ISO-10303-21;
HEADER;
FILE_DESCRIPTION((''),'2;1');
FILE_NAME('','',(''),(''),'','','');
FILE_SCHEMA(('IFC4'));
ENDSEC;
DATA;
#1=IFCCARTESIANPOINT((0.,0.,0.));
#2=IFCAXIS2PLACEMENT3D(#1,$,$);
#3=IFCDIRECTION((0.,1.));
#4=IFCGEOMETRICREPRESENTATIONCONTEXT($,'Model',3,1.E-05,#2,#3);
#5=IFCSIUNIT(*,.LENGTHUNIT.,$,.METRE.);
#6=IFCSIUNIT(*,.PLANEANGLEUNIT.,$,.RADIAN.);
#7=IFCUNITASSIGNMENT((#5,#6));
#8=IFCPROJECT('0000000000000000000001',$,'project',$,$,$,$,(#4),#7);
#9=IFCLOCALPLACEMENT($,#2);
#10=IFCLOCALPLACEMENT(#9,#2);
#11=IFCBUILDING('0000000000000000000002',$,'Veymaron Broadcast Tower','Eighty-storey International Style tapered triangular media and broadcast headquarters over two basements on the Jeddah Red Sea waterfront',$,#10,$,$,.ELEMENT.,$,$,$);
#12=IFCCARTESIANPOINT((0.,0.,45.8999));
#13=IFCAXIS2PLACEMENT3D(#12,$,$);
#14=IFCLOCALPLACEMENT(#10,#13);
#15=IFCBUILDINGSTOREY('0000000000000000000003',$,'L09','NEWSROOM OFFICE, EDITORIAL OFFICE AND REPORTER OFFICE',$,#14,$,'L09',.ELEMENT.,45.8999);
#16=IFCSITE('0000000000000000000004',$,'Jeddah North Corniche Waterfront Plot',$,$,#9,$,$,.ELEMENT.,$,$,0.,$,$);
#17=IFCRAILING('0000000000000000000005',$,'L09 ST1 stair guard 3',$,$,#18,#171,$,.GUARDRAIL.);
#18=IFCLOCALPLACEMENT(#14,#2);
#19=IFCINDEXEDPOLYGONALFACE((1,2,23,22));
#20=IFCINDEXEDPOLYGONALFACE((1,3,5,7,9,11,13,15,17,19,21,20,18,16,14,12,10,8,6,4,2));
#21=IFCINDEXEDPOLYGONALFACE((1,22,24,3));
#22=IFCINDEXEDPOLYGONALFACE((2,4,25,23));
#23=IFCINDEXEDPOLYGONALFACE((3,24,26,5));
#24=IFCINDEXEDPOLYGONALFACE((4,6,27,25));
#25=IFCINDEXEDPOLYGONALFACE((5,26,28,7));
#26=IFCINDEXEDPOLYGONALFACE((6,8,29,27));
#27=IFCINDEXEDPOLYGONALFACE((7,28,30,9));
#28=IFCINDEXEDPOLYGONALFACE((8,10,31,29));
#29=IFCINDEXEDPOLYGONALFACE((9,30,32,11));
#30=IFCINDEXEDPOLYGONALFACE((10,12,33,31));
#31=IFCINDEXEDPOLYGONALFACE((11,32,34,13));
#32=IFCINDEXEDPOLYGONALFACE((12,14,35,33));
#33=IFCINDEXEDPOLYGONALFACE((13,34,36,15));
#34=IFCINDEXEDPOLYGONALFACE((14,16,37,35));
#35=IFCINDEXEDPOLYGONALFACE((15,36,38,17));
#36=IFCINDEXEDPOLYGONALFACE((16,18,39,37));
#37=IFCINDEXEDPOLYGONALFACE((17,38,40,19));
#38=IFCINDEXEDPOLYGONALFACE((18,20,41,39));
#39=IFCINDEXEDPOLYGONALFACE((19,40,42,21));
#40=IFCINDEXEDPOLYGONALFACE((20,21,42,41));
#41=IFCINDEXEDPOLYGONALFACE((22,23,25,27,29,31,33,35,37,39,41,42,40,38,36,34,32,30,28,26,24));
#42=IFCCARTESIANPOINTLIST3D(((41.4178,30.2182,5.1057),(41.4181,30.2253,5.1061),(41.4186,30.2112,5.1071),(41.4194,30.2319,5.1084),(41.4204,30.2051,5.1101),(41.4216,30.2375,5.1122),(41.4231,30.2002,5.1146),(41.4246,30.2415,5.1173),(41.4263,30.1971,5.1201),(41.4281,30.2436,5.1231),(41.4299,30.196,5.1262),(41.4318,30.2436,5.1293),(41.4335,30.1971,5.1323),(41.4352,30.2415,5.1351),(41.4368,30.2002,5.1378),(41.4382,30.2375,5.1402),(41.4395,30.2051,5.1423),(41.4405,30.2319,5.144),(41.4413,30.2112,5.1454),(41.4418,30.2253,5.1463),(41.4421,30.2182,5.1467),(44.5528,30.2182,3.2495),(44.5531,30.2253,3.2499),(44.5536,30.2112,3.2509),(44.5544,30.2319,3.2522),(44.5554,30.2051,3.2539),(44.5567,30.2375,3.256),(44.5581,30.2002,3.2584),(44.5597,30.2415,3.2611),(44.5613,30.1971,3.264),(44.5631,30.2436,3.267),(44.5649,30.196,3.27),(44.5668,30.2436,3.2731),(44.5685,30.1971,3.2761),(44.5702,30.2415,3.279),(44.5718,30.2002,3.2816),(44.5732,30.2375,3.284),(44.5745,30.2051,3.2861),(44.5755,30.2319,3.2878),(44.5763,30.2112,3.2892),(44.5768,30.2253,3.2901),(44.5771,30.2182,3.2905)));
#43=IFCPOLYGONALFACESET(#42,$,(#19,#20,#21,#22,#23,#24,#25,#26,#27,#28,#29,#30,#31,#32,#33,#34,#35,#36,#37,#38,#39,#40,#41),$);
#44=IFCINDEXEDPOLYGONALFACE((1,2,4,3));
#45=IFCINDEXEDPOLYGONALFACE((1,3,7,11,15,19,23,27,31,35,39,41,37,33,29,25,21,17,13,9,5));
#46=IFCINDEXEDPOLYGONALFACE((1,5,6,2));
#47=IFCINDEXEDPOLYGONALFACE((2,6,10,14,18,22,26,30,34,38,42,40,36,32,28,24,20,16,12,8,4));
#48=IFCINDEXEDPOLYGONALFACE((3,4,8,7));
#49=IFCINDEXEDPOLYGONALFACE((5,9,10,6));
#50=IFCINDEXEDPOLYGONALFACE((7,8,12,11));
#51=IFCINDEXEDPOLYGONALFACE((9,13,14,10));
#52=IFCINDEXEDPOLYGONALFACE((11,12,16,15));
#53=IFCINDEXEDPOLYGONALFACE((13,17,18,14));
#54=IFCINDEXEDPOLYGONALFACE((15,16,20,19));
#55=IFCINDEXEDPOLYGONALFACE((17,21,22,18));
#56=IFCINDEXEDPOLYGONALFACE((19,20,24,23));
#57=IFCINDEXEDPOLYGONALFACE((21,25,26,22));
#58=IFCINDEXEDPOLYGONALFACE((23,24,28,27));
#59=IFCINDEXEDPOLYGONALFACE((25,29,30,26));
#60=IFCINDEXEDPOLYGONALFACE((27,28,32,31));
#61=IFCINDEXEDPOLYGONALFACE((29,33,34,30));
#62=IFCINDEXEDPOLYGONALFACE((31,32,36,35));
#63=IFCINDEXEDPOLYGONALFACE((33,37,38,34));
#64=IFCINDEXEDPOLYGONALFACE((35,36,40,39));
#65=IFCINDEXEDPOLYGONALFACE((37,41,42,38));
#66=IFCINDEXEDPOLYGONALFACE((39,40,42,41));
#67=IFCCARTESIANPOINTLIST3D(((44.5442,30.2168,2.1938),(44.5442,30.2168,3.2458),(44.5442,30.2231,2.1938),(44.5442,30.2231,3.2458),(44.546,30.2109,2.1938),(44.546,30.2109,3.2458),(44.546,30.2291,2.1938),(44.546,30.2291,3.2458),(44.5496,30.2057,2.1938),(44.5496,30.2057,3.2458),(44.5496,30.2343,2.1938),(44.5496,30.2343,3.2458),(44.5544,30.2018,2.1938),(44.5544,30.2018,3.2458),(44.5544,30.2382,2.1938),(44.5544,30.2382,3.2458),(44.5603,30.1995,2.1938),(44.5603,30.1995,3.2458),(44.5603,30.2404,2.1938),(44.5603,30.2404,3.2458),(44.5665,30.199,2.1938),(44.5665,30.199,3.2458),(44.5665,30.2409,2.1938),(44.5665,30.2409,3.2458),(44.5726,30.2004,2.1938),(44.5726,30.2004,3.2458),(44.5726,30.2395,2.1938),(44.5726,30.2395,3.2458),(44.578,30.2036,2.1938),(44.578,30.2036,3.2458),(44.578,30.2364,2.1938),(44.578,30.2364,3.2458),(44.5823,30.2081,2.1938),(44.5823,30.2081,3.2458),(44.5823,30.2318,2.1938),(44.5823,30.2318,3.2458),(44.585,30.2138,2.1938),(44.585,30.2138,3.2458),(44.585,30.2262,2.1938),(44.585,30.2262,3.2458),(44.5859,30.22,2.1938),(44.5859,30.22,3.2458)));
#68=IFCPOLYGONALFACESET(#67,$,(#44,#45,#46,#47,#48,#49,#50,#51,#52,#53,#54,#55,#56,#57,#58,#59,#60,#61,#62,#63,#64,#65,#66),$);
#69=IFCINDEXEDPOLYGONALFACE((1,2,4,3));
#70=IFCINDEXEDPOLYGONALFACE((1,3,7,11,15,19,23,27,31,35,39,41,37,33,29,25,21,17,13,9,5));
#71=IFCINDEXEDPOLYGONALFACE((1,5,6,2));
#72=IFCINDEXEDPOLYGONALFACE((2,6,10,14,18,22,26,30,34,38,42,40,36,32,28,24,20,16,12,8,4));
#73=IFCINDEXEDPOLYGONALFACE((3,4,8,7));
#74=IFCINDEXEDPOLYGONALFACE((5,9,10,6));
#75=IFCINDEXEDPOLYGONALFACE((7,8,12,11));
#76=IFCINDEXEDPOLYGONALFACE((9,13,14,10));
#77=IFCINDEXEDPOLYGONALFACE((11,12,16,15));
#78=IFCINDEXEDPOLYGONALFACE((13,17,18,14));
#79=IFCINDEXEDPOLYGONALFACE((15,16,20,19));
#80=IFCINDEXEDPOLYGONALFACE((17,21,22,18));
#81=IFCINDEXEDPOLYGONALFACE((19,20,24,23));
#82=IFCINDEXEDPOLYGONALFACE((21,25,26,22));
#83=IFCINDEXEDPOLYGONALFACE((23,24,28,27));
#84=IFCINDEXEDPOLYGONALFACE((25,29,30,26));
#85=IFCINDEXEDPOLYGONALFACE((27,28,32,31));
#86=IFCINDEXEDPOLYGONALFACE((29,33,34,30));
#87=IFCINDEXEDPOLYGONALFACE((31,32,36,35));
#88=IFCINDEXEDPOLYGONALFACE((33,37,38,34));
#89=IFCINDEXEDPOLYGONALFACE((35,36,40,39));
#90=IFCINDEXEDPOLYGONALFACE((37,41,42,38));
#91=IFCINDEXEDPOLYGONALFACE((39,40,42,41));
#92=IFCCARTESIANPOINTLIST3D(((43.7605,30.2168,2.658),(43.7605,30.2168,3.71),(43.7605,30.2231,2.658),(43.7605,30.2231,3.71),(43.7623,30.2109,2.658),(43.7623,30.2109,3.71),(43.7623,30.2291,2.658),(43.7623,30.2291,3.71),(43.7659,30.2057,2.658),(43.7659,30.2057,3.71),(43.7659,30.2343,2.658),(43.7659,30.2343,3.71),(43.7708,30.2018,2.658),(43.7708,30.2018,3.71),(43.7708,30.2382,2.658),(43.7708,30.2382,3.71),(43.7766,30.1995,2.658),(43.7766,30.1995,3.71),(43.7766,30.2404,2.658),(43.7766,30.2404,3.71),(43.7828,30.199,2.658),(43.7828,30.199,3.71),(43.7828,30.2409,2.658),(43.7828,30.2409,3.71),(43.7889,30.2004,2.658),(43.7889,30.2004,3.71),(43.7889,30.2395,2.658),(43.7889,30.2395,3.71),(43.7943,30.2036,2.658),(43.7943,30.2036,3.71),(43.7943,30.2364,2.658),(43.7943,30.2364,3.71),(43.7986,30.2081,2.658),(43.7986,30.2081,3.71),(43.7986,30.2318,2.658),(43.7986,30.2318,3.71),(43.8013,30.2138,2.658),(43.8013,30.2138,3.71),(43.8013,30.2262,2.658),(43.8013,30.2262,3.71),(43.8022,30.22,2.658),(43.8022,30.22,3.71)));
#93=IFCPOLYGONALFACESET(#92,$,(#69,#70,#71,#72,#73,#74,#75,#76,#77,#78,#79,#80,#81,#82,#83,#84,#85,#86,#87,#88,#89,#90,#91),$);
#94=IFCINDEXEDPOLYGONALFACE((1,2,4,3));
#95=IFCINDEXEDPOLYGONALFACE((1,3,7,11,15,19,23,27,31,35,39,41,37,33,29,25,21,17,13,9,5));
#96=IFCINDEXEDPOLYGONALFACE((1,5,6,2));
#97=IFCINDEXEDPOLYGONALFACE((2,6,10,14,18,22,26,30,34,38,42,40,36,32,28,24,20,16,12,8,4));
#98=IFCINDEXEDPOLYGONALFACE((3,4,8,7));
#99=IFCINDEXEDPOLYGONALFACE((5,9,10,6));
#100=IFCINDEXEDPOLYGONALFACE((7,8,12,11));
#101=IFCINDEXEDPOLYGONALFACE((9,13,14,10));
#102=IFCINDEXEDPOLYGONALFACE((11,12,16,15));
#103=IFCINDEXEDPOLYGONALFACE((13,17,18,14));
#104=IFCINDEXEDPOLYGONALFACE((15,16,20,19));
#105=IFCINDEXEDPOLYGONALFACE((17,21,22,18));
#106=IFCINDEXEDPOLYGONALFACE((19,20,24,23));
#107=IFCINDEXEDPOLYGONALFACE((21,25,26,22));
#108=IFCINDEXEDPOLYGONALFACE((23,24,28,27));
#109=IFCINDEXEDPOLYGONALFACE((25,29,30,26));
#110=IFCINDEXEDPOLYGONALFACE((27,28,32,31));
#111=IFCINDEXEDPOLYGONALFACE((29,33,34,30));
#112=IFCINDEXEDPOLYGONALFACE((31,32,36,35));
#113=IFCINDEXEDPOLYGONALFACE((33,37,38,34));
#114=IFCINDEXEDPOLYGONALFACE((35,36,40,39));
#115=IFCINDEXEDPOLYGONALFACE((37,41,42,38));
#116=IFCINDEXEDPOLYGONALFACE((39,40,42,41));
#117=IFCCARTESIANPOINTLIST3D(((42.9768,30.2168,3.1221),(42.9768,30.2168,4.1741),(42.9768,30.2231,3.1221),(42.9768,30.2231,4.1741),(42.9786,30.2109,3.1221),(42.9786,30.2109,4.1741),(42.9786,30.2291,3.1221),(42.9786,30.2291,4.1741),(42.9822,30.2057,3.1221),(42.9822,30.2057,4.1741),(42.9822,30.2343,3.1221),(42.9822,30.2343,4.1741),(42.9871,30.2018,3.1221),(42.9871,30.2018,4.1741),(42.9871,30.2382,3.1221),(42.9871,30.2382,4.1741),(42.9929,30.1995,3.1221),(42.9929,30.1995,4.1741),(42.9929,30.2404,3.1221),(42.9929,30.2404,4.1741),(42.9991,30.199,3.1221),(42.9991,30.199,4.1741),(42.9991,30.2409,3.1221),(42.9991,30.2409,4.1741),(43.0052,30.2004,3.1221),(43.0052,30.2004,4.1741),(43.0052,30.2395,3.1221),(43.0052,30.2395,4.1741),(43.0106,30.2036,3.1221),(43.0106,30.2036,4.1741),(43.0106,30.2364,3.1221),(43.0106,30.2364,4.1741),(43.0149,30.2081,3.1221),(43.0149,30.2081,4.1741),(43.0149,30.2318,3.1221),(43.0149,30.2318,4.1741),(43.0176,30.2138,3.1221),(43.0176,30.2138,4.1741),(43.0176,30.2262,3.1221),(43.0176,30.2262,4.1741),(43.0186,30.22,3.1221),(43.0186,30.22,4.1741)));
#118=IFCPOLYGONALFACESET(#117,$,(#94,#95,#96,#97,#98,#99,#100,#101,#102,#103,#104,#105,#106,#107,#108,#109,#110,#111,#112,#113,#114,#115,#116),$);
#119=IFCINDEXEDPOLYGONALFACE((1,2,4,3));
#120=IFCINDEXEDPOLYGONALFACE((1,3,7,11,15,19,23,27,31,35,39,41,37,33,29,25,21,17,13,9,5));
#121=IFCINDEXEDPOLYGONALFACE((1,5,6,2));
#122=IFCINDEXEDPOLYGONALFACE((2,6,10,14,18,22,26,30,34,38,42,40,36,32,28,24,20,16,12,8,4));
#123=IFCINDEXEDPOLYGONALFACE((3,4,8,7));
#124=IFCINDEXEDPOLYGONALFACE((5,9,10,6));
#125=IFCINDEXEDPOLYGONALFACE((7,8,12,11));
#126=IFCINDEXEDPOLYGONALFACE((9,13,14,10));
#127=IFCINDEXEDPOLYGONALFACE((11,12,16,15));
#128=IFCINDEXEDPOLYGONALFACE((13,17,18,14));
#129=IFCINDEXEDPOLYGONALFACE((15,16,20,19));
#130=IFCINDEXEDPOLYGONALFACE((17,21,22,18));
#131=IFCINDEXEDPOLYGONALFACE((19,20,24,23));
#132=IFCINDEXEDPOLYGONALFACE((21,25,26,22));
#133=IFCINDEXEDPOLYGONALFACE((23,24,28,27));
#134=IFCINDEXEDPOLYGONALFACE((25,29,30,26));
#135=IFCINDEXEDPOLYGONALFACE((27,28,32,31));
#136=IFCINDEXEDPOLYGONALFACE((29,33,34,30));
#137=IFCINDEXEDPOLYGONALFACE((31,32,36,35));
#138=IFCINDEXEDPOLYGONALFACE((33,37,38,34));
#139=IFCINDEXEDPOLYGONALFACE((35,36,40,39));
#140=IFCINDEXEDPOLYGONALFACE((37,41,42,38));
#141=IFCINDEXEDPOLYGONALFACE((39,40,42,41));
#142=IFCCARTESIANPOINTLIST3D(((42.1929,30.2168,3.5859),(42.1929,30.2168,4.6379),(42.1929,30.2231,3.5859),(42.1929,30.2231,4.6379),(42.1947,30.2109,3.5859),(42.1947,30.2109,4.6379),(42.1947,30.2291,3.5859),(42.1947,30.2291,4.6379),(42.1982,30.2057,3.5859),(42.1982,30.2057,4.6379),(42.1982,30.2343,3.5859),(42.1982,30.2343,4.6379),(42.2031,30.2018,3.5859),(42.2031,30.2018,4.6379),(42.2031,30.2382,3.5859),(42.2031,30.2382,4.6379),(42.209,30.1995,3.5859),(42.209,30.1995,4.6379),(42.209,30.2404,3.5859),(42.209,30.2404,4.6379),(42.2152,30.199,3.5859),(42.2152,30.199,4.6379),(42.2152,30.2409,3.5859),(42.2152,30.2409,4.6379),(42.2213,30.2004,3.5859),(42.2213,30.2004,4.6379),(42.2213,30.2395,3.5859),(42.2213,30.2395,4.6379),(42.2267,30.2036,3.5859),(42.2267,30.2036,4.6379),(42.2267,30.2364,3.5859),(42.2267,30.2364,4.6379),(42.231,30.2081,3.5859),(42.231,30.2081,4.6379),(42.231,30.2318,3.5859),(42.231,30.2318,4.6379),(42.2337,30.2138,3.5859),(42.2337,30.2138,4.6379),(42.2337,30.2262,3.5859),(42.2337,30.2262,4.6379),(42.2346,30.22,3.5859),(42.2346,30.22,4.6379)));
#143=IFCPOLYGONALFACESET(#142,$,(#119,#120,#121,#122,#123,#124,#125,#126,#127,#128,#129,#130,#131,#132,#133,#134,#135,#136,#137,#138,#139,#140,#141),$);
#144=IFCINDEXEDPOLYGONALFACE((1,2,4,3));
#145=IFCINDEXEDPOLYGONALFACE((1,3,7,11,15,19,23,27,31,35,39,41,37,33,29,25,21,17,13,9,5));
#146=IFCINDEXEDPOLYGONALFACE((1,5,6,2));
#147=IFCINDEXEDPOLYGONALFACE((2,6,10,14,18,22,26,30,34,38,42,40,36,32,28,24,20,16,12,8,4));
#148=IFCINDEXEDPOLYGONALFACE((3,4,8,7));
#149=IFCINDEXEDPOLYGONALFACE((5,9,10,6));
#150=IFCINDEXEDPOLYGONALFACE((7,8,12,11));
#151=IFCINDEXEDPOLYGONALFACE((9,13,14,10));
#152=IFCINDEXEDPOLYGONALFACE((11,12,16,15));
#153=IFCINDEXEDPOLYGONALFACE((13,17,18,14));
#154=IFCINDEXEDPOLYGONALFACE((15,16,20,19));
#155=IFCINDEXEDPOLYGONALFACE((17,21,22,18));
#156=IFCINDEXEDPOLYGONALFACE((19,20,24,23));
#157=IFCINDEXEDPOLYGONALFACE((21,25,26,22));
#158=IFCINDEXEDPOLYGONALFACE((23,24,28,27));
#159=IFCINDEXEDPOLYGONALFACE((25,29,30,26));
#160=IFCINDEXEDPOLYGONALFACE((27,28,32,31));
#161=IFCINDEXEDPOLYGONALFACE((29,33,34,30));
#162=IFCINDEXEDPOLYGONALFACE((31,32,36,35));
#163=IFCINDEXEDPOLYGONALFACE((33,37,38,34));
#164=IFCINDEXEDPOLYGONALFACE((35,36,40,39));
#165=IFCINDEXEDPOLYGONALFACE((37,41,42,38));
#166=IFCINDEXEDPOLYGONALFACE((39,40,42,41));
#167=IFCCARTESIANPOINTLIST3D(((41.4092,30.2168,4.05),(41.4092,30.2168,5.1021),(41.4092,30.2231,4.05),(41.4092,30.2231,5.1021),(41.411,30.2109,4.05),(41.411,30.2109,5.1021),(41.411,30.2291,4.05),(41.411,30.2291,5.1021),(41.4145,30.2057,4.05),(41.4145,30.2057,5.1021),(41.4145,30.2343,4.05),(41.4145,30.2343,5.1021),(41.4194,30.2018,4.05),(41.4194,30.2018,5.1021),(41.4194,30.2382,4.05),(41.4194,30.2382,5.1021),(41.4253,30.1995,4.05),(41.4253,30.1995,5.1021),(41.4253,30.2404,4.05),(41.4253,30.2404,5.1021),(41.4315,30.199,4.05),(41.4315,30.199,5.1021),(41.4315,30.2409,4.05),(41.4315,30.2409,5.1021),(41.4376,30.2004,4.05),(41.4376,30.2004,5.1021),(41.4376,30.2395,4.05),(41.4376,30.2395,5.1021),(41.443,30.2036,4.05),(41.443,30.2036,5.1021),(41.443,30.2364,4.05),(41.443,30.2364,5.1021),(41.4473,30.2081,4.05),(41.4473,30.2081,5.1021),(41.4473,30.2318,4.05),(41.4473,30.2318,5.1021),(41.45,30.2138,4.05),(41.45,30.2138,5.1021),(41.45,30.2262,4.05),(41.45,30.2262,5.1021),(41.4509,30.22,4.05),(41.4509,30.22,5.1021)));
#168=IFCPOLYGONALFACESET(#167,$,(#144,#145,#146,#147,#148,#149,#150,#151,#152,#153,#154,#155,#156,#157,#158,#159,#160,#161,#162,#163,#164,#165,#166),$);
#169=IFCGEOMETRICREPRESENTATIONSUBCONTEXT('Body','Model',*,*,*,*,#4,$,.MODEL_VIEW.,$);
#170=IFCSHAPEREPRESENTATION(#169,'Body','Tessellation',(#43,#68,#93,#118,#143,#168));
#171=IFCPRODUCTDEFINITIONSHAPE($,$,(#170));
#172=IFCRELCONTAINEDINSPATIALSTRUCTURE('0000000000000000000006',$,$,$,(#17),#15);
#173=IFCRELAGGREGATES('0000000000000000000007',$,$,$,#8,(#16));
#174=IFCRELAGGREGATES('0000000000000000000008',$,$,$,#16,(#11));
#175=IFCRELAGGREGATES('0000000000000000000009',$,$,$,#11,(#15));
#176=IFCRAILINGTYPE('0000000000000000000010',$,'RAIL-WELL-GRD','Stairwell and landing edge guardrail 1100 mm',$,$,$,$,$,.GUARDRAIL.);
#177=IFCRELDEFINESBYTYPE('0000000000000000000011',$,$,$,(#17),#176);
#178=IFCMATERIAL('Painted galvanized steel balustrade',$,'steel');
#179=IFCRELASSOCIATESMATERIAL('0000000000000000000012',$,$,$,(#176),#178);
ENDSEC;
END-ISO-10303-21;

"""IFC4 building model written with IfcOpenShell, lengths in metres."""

from ifc_helpers import new_model, si_unit, direction, frame, origin, origin_2d, place, context, subcontext, project, spatial, circle, extrude, material, type_object, element, save


model = new_model("IFC4")

# Units and contexts
model_context = context("Model", 3, precision=1e-05, world=origin(), true_north=direction((0.0, 1.0)))
body_context = subcontext(model_context, "Body", "Model", "MODEL_VIEW")
ifc_project = project(units=[si_unit("LENGTHUNIT", "METRE"), si_unit("PLANEANGLEUNIT", "RADIAN")], contexts=[model_context])

# Site, building, storey
site_placement = place(None, origin())
site = spatial("IfcSite", under=ifc_project, at=site_placement, Name="Jeddah North Corniche Waterfront Plot", CompositionType="ELEMENT", RefElevation=0.0)
building_placement = place(site_placement, origin())
building = spatial("IfcBuilding", under=site, at=building_placement, Name="Veymaron Broadcast Tower", Description="Eighty-storey International Style tapered triangular media and broadcast headquarters over two basements on the Jeddah Red Sea waterfront", CompositionType="ELEMENT")
storey_placement = place(building_placement, frame((0.0, 0.0, 45.8999)))
storey = spatial("IfcBuildingStorey", under=building, at=storey_placement, Name="L09", Description="NEWSROOM OFFICE, EDITORIAL OFFICE AND REPORTER OFFICE", LongName="L09", CompositionType="ELEMENT", Elevation=45.8999)

# Railing
ifc_material_1 = material(Name="Painted galvanized steel balustrade", Category="steel")
railing_type_1 = type_object("IfcRailingType", Name="RAIL-WELL-GRD", Description="Stairwell and landing edge guardrail 1100 mm", PredefinedType="GUARDRAIL", material=ifc_material_1)
railing_1_placement = place(storey_placement, frame((44.5649, 30.22, 2.1938)))
element("IfcRailing", 1, at=railing_1_placement, inside=storey, type_object=railing_type_1, Name="L09 ST1 stair guard 3", PredefinedType="GUARDRAIL", context=body_context, shape_type="SweptSolid", body=[
    extrude(circle(Radius=0.0239, at=origin_2d()), frame((0.0, 0.0, 1.0762), z_axis=(-0.860482, 0.0, 0.509481), x_axis=(0.0, -1.0, 0.0)), (0.0, 0.0, 1.0), 3.6433),
    extrude(circle(Radius=0.021, at=origin_2d()), origin(), (0.0, 0.0, 1.0), 1.052),
    extrude(circle(Radius=0.021, at=origin_2d()), frame((-0.7837, 0.0, 0.4641)), (0.0, 0.0, 1.0), 1.052),
    extrude(circle(Radius=0.021, at=origin_2d()), frame((-1.5674, 0.0, 0.9282)), (0.0, 0.0, 1.0), 1.052),
    extrude(circle(Radius=0.021, at=origin_2d()), frame((-2.3513, 0.0, 1.3921)), (0.0, 0.0, 1.0), 1.052),
    extrude(circle(Radius=0.021, at=origin_2d()), frame((-3.135, 0.0, 1.8562)), (0.0, 0.0, 1.0), 1.052),
])

save(model, "model.ifc")
